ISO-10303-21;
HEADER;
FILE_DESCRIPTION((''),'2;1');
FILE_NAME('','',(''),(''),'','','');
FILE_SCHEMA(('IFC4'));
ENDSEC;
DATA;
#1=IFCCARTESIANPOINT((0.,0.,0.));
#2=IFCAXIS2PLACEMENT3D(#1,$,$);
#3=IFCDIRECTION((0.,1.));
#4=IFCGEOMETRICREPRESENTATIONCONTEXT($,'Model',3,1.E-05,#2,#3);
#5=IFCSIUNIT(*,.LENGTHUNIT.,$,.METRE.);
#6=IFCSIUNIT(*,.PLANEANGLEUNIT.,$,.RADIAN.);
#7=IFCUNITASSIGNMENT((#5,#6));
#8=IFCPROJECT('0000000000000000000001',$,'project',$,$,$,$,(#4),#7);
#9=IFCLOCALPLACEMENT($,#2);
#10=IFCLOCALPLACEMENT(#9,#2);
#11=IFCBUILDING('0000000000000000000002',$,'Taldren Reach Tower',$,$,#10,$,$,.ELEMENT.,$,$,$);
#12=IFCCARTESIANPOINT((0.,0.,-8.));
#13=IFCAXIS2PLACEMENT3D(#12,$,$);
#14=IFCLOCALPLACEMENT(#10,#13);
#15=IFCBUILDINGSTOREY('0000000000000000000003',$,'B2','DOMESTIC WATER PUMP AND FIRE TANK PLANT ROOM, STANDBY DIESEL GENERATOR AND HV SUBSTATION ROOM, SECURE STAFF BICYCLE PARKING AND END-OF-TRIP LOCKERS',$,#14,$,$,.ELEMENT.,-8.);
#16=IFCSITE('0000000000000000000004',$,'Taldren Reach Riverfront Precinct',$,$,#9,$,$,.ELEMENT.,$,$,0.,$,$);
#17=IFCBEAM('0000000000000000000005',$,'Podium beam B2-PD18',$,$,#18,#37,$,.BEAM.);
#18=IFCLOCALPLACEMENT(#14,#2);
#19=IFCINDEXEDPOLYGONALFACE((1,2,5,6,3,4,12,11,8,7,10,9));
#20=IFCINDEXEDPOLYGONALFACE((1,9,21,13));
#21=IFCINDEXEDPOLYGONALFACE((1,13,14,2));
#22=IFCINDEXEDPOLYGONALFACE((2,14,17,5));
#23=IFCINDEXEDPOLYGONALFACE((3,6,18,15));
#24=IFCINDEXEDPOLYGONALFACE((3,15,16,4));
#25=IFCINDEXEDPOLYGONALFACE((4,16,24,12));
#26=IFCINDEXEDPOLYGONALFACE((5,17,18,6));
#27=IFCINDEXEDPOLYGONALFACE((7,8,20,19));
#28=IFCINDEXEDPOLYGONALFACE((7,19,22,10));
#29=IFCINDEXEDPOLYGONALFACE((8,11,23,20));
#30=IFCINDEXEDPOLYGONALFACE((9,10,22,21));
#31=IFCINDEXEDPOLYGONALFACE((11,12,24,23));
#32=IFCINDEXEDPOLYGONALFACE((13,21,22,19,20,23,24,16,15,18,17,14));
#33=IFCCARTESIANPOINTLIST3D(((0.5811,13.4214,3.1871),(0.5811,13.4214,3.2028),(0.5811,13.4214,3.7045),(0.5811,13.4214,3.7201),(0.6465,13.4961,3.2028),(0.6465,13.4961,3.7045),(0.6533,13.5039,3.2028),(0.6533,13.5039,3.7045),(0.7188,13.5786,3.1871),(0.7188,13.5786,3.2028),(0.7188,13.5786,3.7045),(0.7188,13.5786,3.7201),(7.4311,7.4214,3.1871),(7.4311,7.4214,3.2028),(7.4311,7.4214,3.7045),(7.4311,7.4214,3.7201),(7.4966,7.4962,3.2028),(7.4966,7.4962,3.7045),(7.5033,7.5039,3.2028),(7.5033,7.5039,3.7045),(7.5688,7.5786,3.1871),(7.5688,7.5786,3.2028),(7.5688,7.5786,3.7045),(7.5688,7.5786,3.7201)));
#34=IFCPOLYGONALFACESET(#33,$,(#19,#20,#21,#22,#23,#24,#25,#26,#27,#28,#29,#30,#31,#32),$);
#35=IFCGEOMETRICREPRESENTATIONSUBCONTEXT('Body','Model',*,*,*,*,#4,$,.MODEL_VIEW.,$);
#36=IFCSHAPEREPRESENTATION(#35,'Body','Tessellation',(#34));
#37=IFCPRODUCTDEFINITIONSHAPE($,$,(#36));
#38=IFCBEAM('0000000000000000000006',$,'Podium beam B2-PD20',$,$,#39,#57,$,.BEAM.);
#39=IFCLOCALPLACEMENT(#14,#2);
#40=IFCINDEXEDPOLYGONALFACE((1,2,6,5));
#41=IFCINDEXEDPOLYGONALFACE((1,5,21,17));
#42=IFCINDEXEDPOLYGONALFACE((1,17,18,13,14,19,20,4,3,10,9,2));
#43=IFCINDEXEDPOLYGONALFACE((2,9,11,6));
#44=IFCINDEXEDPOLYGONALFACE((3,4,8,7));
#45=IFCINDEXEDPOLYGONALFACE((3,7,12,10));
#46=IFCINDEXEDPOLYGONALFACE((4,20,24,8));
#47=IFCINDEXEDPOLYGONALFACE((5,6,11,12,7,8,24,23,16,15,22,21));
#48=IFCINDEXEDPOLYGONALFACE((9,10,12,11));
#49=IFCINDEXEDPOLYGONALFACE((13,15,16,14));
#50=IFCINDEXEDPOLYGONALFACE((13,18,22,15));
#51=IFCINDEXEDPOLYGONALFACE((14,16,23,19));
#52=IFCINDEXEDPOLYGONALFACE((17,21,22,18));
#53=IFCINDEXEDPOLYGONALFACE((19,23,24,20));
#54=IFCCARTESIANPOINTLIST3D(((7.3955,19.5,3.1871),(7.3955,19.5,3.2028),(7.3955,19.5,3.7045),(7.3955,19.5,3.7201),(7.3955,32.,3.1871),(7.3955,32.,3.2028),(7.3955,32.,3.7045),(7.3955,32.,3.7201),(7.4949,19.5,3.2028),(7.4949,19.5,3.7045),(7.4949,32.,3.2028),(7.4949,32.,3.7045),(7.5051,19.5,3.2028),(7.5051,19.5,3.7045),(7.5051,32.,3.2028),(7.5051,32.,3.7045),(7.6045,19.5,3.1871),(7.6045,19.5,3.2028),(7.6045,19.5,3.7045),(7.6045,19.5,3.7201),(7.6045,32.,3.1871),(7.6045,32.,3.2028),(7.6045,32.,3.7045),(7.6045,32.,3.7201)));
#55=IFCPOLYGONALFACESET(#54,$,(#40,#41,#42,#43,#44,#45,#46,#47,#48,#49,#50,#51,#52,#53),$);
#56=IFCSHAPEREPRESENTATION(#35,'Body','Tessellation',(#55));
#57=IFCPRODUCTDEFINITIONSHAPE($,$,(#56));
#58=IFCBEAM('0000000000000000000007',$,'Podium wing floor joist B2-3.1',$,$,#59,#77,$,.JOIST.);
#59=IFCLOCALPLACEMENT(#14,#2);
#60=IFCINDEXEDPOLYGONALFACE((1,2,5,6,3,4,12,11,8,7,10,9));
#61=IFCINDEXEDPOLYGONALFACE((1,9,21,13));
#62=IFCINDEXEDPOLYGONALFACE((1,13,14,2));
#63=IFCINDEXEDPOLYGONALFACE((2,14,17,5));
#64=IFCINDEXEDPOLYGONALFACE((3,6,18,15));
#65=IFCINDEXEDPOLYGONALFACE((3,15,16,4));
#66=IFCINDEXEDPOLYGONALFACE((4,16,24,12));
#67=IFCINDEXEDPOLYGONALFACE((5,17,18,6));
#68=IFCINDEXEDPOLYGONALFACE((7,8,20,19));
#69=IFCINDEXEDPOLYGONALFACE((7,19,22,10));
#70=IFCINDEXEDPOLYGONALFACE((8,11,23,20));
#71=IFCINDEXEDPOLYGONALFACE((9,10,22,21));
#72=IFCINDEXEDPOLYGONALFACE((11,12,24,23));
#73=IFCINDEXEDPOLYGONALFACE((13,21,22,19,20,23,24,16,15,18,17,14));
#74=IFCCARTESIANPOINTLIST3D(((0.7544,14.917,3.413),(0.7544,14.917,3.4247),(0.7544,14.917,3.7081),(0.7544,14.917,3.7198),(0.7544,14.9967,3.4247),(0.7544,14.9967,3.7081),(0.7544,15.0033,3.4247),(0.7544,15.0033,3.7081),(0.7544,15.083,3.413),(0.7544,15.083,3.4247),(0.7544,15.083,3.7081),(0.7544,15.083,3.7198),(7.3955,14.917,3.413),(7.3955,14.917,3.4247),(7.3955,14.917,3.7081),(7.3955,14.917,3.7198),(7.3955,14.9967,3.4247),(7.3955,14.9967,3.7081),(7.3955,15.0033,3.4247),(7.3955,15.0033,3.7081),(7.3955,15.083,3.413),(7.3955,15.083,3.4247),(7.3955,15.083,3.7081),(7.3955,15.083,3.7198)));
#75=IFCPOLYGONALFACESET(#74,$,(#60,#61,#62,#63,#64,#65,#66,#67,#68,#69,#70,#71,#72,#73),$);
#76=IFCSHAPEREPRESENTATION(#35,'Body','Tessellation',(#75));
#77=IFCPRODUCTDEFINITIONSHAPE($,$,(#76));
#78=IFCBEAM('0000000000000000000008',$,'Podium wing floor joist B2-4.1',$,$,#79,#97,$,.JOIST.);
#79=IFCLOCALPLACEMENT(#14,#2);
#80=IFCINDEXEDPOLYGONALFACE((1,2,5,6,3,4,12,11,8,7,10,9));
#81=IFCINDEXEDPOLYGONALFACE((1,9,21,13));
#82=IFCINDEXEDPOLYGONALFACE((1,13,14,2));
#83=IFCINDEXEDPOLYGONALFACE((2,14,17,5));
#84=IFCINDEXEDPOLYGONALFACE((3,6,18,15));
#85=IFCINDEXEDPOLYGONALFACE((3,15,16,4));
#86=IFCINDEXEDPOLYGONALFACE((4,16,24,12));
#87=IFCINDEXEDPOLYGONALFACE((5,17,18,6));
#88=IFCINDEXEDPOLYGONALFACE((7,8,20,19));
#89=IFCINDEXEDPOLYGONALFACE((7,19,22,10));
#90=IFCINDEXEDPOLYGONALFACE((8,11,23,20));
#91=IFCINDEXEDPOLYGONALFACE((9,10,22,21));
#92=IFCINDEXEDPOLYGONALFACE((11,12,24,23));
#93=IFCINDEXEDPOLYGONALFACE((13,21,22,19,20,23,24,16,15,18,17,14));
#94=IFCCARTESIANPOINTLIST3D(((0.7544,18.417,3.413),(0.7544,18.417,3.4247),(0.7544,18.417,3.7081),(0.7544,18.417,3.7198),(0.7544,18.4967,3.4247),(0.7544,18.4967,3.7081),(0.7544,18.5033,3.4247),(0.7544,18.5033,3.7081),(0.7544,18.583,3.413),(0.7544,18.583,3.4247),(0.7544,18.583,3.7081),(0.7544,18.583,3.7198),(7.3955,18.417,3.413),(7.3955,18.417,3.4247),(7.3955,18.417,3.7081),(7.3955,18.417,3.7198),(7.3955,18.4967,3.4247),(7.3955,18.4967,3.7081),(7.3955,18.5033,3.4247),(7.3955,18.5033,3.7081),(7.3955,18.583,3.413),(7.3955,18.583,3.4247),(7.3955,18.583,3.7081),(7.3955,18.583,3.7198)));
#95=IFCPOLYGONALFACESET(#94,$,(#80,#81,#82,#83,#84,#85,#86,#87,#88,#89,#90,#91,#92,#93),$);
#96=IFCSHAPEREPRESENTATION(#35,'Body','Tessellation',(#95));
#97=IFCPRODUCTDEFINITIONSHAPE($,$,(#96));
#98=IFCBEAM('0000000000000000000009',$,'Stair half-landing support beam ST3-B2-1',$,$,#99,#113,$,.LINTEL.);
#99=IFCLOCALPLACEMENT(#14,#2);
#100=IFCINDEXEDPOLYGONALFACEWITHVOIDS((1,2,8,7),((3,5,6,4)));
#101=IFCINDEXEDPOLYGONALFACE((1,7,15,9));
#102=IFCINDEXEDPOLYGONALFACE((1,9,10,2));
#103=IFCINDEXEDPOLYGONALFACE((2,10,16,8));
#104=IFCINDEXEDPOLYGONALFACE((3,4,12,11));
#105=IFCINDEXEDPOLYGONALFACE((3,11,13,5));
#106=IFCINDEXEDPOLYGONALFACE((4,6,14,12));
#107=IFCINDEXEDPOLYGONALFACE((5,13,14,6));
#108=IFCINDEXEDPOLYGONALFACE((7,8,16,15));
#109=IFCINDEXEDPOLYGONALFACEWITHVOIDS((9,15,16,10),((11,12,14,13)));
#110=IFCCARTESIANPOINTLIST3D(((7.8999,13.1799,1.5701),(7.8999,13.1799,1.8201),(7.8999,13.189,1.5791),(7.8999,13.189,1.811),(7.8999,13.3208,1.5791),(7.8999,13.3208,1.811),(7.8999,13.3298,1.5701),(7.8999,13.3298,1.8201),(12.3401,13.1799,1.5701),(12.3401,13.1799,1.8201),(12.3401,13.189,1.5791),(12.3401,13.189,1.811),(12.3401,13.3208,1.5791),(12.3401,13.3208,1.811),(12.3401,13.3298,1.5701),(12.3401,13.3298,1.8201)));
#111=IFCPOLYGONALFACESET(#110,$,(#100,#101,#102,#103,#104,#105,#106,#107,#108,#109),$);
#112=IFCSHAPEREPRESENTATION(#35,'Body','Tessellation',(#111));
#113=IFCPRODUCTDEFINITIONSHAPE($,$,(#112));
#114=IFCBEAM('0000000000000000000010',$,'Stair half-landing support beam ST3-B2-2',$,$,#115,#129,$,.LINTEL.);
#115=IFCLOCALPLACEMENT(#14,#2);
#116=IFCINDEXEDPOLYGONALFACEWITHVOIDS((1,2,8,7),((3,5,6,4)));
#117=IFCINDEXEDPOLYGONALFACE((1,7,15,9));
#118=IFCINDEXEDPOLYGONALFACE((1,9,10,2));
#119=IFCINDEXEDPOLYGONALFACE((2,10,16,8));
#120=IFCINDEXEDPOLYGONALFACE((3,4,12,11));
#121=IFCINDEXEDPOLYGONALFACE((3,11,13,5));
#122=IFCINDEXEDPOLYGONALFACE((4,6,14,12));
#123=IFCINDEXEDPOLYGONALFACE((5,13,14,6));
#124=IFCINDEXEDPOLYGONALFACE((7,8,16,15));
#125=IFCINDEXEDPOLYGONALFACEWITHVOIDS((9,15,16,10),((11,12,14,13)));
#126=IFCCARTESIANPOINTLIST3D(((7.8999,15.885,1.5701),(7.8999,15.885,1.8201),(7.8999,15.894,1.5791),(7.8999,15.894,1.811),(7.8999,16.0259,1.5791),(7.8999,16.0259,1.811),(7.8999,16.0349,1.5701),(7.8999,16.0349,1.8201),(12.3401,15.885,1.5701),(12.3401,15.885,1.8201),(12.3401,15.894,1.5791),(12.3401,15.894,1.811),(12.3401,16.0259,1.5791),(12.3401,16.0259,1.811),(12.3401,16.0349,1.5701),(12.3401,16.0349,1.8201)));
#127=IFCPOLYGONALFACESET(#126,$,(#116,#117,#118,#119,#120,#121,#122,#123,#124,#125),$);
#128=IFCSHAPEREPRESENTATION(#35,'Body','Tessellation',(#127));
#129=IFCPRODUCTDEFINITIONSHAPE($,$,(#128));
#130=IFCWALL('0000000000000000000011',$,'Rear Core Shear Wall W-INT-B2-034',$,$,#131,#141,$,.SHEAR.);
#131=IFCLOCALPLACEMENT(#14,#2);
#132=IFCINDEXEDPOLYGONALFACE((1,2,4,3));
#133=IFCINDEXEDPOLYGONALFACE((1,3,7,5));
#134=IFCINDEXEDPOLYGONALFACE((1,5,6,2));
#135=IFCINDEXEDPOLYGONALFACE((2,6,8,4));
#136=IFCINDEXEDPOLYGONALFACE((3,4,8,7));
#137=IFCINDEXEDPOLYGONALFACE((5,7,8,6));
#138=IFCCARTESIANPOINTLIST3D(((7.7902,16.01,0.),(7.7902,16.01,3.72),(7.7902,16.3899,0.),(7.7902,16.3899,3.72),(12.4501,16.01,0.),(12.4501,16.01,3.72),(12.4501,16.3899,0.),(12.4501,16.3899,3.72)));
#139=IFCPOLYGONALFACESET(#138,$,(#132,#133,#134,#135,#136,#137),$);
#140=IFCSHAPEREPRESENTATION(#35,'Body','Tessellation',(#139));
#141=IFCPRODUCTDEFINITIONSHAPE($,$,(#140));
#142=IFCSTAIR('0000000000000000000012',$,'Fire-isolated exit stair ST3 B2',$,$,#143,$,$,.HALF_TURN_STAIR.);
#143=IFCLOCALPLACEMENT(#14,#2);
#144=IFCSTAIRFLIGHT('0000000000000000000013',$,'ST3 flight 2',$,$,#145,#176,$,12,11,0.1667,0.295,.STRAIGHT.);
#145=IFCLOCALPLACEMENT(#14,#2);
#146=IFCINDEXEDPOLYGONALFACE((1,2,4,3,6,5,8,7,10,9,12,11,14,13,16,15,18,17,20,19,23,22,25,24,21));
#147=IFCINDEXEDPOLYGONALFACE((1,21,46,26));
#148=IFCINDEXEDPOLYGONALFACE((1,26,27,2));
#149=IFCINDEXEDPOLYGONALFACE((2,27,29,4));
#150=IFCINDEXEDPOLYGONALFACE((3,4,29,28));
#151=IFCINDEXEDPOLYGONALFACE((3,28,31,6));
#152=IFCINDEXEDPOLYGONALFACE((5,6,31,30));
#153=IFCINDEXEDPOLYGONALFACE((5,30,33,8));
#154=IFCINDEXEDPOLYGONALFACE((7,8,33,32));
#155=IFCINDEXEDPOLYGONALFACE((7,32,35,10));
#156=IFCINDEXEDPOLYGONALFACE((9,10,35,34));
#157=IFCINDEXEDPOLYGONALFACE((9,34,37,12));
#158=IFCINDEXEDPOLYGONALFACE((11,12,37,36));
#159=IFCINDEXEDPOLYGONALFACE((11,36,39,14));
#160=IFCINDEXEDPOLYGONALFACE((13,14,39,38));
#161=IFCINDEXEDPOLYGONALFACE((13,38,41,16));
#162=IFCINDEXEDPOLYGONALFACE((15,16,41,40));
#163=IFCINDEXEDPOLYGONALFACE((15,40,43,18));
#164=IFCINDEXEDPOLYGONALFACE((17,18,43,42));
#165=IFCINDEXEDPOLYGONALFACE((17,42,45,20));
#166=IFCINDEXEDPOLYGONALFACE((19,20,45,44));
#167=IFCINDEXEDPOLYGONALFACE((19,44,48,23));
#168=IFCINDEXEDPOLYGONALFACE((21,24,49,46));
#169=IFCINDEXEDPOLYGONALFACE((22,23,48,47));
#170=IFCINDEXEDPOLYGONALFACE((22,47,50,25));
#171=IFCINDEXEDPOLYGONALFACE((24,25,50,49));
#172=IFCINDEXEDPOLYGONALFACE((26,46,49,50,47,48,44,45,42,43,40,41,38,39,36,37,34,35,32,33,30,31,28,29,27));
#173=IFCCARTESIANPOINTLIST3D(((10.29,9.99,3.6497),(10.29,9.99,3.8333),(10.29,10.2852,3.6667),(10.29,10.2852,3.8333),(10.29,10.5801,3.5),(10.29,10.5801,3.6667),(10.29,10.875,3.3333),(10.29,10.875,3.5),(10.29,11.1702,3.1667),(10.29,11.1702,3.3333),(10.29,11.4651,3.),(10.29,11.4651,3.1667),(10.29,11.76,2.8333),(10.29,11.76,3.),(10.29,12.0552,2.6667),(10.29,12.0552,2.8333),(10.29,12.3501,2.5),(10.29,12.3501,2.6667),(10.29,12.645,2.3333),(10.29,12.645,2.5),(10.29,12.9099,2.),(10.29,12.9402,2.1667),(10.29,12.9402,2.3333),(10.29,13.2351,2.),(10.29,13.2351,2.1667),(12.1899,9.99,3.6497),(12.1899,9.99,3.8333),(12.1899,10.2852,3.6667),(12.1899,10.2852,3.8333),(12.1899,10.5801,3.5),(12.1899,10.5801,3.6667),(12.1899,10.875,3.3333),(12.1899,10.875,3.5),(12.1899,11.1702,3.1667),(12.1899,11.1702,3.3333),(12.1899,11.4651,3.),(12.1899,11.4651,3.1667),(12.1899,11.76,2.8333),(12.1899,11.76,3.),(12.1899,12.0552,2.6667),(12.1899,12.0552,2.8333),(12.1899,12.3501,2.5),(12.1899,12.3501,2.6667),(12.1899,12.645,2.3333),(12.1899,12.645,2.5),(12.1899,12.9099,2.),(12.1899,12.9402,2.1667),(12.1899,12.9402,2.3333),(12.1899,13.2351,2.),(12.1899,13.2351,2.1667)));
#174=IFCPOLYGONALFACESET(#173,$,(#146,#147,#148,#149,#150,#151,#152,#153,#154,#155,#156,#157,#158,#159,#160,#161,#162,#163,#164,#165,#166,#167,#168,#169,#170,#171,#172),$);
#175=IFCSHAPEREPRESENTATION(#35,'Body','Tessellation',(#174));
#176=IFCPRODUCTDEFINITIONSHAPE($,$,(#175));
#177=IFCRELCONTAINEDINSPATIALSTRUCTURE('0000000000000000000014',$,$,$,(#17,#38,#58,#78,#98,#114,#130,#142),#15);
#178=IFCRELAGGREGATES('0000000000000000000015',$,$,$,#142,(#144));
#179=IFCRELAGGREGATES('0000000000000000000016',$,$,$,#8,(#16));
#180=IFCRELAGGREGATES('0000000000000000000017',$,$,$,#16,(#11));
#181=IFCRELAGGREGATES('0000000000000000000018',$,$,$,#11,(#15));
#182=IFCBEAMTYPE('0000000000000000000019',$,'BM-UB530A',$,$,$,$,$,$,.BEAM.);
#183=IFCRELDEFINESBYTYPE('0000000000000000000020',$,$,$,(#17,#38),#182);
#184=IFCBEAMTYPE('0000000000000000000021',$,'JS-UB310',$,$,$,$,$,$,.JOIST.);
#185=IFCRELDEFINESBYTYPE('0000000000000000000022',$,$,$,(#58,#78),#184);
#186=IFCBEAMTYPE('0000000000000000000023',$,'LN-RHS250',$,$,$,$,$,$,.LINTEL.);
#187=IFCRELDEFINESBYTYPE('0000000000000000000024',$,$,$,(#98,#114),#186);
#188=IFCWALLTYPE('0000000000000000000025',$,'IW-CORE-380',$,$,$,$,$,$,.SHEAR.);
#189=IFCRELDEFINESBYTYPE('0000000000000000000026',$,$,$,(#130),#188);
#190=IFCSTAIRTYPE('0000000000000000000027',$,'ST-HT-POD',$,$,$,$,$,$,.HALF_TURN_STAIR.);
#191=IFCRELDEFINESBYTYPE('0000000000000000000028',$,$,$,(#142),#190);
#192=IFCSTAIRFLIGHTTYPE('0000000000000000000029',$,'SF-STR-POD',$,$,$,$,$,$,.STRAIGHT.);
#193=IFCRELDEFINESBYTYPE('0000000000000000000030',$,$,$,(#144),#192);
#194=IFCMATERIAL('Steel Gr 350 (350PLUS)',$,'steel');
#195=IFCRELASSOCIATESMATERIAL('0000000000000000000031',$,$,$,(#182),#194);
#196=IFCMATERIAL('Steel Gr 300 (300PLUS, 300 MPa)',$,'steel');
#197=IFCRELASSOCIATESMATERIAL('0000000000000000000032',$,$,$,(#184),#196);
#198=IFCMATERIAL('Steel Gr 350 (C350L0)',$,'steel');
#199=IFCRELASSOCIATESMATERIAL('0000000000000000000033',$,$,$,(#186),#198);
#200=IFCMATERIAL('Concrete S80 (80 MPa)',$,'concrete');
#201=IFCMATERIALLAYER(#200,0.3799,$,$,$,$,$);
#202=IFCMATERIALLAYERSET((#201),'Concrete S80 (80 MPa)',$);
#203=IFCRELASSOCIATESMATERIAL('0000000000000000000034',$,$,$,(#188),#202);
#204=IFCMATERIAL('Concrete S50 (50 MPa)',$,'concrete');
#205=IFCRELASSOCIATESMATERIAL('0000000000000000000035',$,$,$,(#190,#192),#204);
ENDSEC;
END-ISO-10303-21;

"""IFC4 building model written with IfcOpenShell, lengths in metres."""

from ifc_helpers import new_model, si_unit, direction, frame, frame_2d, origin, origin_2d, place, context, subcontext, project, spatial, polyline, rectangle, hollow_rectangle, i_section, outline, extrude, source, transform, mapped, material, layer, layer_set, material_profile, profile_set, type_object, element, aggregate, save


model = new_model("IFC4")

# Units and contexts
model_context = context("Model", 3, precision=1e-05, world=origin(), true_north=direction((0.0, 1.0)))
body_context = subcontext(model_context, "Body", "Model", "MODEL_VIEW")
ifc_project = project(units=[si_unit("LENGTHUNIT", "METRE"), si_unit("PLANEANGLEUNIT", "RADIAN")], contexts=[model_context])

# Site, building, storey
site_placement = place(None, origin())
site = spatial("IfcSite", under=ifc_project, at=site_placement, Name="Taldren Reach Riverfront Precinct", CompositionType="ELEMENT", RefElevation=0.0)
building_placement = place(site_placement, origin())
building = spatial("IfcBuilding", under=site, at=building_placement, Name="Taldren Reach Tower", CompositionType="ELEMENT")
storey_placement = place(building_placement, frame((0.0, 0.0, -8.0)))
storey = spatial("IfcBuildingStorey", under=building, at=storey_placement, Name="B2", Description="DOMESTIC WATER PUMP AND FIRE TANK PLANT ROOM, STANDBY DIESEL GENERATOR AND HV SUBSTATION ROOM, SECURE STAFF BICYCLE PARKING AND END-OF-TRIP LOCKERS", CompositionType="ELEMENT", Elevation=-8.0)

# Shared definitions
ifc_material_1 = material(Name="Concrete S50 (50 MPa)", Category="concrete")

# Shared definitions
ifc_material_2 = material(Name="Concrete S80 (80 MPa)", Category="concrete")
ifc_material_3 = material(Name="Steel Gr 350 (C350L0)", Category="steel")

# Beams
ifc_material_4 = material(Name="Steel Gr 350 (350PLUS)", Category="steel")
ifc_material_profile_1 = material_profile(ifc_material_4, i_section(OverallWidth=0.209, OverallDepth=0.533, WebThickness=0.0103, FlangeThickness=0.0156, at=origin_2d()), Name="530UB92.4")
ifc_profile_set_1 = profile_set([ifc_material_profile_1], Name="Steel Gr 350 (350PLUS)")
beam_type_1 = type_object("IfcBeamType", Name="BM-UB530A", PredefinedType="BEAM", material=ifc_profile_set_1)
shared_shape_1 = source(origin(), body_context, "Body", "SweptSolid", [
    extrude(i_section(OverallWidth=0.209, OverallDepth=0.533, WebThickness=0.0103, FlangeThickness=0.0156, at=origin_2d()), origin(), (0.0, 0.0, 1.0), 9.1062),
])
beam_1_placement = place(storey_placement, frame((0.6499, 13.5, 3.4536), z_axis=(0.752241, -0.658888, 0.0), x_axis=(0.658888, 0.752241, 0.0)))
element("IfcBeam", 1, at=beam_1_placement, inside=storey, type_object=beam_type_1, Name="Podium beam B2-PD18", PredefinedType="BEAM", context=body_context, shape_type="MappedRepresentation", body=[
    mapped(shared_shape_1, transform((0.0, 0.0, 0.0), scale=1.0)),
])
shared_shape_2 = source(origin(), body_context, "Body", "SweptSolid", [
    extrude(i_section(OverallWidth=0.209, OverallDepth=0.533, WebThickness=0.0103, FlangeThickness=0.0156, at=origin_2d()), origin(), (0.0, 0.0, 1.0), 12.5),
])
beam_2_placement = place(storey_placement, frame((7.5, 19.5, 3.4536), z_axis=(0.0, 1.0, 0.0), x_axis=(-1.0, 0.0, 0.0)))
element("IfcBeam", 2, at=beam_2_placement, inside=storey, type_object=beam_type_1, Name="Podium beam B2-PD20", PredefinedType="BEAM", context=body_context, shape_type="MappedRepresentation", body=[
    mapped(shared_shape_2, transform((0.0, 0.0, 0.0), scale=1.0)),
])
ifc_material_5 = material(Name="Steel Gr 300 (300PLUS, 300 MPa)", Category="steel")
ifc_material_profile_2 = material_profile(ifc_material_5, i_section(OverallWidth=0.166, OverallDepth=0.3069, WebThickness=0.0066, FlangeThickness=0.0117, at=origin_2d()), Name="310UB46.2")
ifc_profile_set_2 = profile_set([ifc_material_profile_2], Name="Steel Gr 300 (300PLUS, 300 MPa)")
beam_type_2 = type_object("IfcBeamType", Name="JS-UB310", PredefinedType="JOIST", material=ifc_profile_set_2)
shared_shape_3 = source(origin(), body_context, "Body", "SweptSolid", [
    extrude(i_section(OverallWidth=0.166, OverallDepth=0.3069, WebThickness=0.0066, FlangeThickness=0.0117, at=origin_2d()), origin(), (0.0, 0.0, 1.0), 6.6411),
])
for number, where, z_axis, x_axis, name in (
    (3, (0.7544, 15.0, 3.5664), (1.0, 0.0, 0.0), (0.0, 1.0, 0.0), "Podium wing floor joist B2-3.1"),
    (4, (0.7544, 18.5, 3.5664), (1.0, 0.0, 0.0), (0.0, 1.0, 0.0), "Podium wing floor joist B2-4.1"),
):
    element("IfcBeam", number, at=place(storey_placement, frame(where, z_axis=z_axis, x_axis=x_axis)), inside=storey, type_object=beam_type_2, Name=name, PredefinedType="JOIST", context=body_context, shape_type="MappedRepresentation", body=[
        mapped(shared_shape_3, transform((0.0, 0.0, 0.0), scale=1.0)),
    ])
ifc_material_profile_3 = material_profile(ifc_material_3, hollow_rectangle(XDim=0.1499, YDim=0.25, WallThickness=0.009, at=origin_2d()), Name="250x150x9.0RHS")
ifc_profile_set_3 = profile_set([ifc_material_profile_3], Name="Steel Gr 350 (C350L0)")
beam_type_3 = type_object("IfcBeamType", Name="LN-RHS250", PredefinedType="LINTEL", material=ifc_profile_set_3)
shared_shape_4 = source(origin(), body_context, "Body", "SweptSolid", [
    extrude(hollow_rectangle(XDim=0.1499, YDim=0.25, WallThickness=0.009, at=origin_2d()), origin(), (0.0, 0.0, 1.0), 4.4402),
])
for number, where, z_axis, x_axis, name in (
    (5, (7.8999, 13.2549, 1.6951), (1.0, 0.0, 0.0), (0.0, 1.0, 0.0), "Stair half-landing support beam ST3-B2-1"),
    (6, (7.8999, 15.96, 1.6951), (1.0, 0.0, 0.0), (0.0, 1.0, 0.0), "Stair half-landing support beam ST3-B2-2"),
):
    element("IfcBeam", number, at=place(storey_placement, frame(where, z_axis=z_axis, x_axis=x_axis)), inside=storey, type_object=beam_type_3, Name=name, PredefinedType="LINTEL", context=body_context, shape_type="MappedRepresentation", body=[
        mapped(shared_shape_4, transform((0.0, 0.0, 0.0), scale=1.0)),
    ])

# Wall
ifc_layer_1 = layer(ifc_material_2, 0.3799)
ifc_layer_set_1 = layer_set([ifc_layer_1], Name="Concrete S80 (80 MPa)")
wall_type = type_object("IfcWallType", Name="IW-CORE-380", PredefinedType="SHEAR", material=ifc_layer_set_1)
shared_shape_5 = source(origin(), body_context, "Body", "SweptSolid", [
    extrude(rectangle(XDim=4.6599, YDim=0.3799, at=frame_2d((2.3301, 0.0))), origin(), (0.0, 0.0, 1.0), 3.72),
])
wall_placement = place(storey_placement, frame((7.79, 16.2, 0.0), z_axis=(0.0, 0.0, 1.0), x_axis=(1.0, 0.0, 0.0)))
element("IfcWall", 7, at=wall_placement, inside=storey, type_object=wall_type, Name="Rear Core Shear Wall W-INT-B2-034", PredefinedType="SHEAR", context=body_context, shape_type="MappedRepresentation", body=[
    mapped(shared_shape_5, transform((0.0, 0.0, 0.0), scale=1.0)),
])

# Stair, stair flight
stair_type = type_object("IfcStairType", Name="ST-HT-POD", PredefinedType="HALF_TURN_STAIR", material=ifc_material_1)
stair_placement = place(storey_placement, origin())
stair = element("IfcStair", 8, at=stair_placement, inside=storey, type_object=stair_type, Name="Fire-isolated exit stair ST3 B2", PredefinedType="HALF_TURN_STAIR")
stair_flight_type = type_object("IfcStairFlightType", Name="SF-STR-POD", PredefinedType="STRAIGHT", material=ifc_material_1)
stair_flight_placement = place(storey_placement, frame((11.24, 13.2351, 2.0), z_axis=(0.0, 0.0, 1.0), x_axis=(0.0, -1.0, 0.0)))
stair_flight = element("IfcStairFlight", 9, at=stair_flight_placement, type_object=stair_flight_type, Name="ST3 flight 2", NumberOfRisers=12, NumberOfTreads=11, PredefinedType="STRAIGHT", RiserHeight=0.1667, TreadLength=0.295, context=body_context, shape_type="SweptSolid", body=[
    extrude(outline(polyline([(0.0, 0.0), (0.0, 0.1667), (0.2949, 0.1667), (0.2949, 0.3333), (0.5901, 0.3333), (0.5901, 0.5), (0.885, 0.5), (0.885, 0.6667), (1.1799, 0.6667), (1.1799, 0.8333), (1.4751, 0.8333), (1.4751, 1.0), (1.77, 1.0), (1.77, 1.1667), (2.0649, 1.1667), (2.0649, 1.3333), (2.3601, 1.3333), (2.3601, 1.5), (2.655, 1.5), (2.655, 1.6667), (2.95, 1.6667), (2.95, 1.8333), (3.2451, 1.8333), (3.2451, 2.0), (3.2451, 1.6497), (0.3252, 0.0), (0.0, 0.0)])), frame((0.0, 0.95, 0.0), z_axis=(0.0, -1.0, 0.0), x_axis=(1.0, 0.0, 0.0)), (0.0, 0.0, 1.0), 1.8999),
])
aggregate(stair, [stair_flight])

save(model, "model.ifc")
